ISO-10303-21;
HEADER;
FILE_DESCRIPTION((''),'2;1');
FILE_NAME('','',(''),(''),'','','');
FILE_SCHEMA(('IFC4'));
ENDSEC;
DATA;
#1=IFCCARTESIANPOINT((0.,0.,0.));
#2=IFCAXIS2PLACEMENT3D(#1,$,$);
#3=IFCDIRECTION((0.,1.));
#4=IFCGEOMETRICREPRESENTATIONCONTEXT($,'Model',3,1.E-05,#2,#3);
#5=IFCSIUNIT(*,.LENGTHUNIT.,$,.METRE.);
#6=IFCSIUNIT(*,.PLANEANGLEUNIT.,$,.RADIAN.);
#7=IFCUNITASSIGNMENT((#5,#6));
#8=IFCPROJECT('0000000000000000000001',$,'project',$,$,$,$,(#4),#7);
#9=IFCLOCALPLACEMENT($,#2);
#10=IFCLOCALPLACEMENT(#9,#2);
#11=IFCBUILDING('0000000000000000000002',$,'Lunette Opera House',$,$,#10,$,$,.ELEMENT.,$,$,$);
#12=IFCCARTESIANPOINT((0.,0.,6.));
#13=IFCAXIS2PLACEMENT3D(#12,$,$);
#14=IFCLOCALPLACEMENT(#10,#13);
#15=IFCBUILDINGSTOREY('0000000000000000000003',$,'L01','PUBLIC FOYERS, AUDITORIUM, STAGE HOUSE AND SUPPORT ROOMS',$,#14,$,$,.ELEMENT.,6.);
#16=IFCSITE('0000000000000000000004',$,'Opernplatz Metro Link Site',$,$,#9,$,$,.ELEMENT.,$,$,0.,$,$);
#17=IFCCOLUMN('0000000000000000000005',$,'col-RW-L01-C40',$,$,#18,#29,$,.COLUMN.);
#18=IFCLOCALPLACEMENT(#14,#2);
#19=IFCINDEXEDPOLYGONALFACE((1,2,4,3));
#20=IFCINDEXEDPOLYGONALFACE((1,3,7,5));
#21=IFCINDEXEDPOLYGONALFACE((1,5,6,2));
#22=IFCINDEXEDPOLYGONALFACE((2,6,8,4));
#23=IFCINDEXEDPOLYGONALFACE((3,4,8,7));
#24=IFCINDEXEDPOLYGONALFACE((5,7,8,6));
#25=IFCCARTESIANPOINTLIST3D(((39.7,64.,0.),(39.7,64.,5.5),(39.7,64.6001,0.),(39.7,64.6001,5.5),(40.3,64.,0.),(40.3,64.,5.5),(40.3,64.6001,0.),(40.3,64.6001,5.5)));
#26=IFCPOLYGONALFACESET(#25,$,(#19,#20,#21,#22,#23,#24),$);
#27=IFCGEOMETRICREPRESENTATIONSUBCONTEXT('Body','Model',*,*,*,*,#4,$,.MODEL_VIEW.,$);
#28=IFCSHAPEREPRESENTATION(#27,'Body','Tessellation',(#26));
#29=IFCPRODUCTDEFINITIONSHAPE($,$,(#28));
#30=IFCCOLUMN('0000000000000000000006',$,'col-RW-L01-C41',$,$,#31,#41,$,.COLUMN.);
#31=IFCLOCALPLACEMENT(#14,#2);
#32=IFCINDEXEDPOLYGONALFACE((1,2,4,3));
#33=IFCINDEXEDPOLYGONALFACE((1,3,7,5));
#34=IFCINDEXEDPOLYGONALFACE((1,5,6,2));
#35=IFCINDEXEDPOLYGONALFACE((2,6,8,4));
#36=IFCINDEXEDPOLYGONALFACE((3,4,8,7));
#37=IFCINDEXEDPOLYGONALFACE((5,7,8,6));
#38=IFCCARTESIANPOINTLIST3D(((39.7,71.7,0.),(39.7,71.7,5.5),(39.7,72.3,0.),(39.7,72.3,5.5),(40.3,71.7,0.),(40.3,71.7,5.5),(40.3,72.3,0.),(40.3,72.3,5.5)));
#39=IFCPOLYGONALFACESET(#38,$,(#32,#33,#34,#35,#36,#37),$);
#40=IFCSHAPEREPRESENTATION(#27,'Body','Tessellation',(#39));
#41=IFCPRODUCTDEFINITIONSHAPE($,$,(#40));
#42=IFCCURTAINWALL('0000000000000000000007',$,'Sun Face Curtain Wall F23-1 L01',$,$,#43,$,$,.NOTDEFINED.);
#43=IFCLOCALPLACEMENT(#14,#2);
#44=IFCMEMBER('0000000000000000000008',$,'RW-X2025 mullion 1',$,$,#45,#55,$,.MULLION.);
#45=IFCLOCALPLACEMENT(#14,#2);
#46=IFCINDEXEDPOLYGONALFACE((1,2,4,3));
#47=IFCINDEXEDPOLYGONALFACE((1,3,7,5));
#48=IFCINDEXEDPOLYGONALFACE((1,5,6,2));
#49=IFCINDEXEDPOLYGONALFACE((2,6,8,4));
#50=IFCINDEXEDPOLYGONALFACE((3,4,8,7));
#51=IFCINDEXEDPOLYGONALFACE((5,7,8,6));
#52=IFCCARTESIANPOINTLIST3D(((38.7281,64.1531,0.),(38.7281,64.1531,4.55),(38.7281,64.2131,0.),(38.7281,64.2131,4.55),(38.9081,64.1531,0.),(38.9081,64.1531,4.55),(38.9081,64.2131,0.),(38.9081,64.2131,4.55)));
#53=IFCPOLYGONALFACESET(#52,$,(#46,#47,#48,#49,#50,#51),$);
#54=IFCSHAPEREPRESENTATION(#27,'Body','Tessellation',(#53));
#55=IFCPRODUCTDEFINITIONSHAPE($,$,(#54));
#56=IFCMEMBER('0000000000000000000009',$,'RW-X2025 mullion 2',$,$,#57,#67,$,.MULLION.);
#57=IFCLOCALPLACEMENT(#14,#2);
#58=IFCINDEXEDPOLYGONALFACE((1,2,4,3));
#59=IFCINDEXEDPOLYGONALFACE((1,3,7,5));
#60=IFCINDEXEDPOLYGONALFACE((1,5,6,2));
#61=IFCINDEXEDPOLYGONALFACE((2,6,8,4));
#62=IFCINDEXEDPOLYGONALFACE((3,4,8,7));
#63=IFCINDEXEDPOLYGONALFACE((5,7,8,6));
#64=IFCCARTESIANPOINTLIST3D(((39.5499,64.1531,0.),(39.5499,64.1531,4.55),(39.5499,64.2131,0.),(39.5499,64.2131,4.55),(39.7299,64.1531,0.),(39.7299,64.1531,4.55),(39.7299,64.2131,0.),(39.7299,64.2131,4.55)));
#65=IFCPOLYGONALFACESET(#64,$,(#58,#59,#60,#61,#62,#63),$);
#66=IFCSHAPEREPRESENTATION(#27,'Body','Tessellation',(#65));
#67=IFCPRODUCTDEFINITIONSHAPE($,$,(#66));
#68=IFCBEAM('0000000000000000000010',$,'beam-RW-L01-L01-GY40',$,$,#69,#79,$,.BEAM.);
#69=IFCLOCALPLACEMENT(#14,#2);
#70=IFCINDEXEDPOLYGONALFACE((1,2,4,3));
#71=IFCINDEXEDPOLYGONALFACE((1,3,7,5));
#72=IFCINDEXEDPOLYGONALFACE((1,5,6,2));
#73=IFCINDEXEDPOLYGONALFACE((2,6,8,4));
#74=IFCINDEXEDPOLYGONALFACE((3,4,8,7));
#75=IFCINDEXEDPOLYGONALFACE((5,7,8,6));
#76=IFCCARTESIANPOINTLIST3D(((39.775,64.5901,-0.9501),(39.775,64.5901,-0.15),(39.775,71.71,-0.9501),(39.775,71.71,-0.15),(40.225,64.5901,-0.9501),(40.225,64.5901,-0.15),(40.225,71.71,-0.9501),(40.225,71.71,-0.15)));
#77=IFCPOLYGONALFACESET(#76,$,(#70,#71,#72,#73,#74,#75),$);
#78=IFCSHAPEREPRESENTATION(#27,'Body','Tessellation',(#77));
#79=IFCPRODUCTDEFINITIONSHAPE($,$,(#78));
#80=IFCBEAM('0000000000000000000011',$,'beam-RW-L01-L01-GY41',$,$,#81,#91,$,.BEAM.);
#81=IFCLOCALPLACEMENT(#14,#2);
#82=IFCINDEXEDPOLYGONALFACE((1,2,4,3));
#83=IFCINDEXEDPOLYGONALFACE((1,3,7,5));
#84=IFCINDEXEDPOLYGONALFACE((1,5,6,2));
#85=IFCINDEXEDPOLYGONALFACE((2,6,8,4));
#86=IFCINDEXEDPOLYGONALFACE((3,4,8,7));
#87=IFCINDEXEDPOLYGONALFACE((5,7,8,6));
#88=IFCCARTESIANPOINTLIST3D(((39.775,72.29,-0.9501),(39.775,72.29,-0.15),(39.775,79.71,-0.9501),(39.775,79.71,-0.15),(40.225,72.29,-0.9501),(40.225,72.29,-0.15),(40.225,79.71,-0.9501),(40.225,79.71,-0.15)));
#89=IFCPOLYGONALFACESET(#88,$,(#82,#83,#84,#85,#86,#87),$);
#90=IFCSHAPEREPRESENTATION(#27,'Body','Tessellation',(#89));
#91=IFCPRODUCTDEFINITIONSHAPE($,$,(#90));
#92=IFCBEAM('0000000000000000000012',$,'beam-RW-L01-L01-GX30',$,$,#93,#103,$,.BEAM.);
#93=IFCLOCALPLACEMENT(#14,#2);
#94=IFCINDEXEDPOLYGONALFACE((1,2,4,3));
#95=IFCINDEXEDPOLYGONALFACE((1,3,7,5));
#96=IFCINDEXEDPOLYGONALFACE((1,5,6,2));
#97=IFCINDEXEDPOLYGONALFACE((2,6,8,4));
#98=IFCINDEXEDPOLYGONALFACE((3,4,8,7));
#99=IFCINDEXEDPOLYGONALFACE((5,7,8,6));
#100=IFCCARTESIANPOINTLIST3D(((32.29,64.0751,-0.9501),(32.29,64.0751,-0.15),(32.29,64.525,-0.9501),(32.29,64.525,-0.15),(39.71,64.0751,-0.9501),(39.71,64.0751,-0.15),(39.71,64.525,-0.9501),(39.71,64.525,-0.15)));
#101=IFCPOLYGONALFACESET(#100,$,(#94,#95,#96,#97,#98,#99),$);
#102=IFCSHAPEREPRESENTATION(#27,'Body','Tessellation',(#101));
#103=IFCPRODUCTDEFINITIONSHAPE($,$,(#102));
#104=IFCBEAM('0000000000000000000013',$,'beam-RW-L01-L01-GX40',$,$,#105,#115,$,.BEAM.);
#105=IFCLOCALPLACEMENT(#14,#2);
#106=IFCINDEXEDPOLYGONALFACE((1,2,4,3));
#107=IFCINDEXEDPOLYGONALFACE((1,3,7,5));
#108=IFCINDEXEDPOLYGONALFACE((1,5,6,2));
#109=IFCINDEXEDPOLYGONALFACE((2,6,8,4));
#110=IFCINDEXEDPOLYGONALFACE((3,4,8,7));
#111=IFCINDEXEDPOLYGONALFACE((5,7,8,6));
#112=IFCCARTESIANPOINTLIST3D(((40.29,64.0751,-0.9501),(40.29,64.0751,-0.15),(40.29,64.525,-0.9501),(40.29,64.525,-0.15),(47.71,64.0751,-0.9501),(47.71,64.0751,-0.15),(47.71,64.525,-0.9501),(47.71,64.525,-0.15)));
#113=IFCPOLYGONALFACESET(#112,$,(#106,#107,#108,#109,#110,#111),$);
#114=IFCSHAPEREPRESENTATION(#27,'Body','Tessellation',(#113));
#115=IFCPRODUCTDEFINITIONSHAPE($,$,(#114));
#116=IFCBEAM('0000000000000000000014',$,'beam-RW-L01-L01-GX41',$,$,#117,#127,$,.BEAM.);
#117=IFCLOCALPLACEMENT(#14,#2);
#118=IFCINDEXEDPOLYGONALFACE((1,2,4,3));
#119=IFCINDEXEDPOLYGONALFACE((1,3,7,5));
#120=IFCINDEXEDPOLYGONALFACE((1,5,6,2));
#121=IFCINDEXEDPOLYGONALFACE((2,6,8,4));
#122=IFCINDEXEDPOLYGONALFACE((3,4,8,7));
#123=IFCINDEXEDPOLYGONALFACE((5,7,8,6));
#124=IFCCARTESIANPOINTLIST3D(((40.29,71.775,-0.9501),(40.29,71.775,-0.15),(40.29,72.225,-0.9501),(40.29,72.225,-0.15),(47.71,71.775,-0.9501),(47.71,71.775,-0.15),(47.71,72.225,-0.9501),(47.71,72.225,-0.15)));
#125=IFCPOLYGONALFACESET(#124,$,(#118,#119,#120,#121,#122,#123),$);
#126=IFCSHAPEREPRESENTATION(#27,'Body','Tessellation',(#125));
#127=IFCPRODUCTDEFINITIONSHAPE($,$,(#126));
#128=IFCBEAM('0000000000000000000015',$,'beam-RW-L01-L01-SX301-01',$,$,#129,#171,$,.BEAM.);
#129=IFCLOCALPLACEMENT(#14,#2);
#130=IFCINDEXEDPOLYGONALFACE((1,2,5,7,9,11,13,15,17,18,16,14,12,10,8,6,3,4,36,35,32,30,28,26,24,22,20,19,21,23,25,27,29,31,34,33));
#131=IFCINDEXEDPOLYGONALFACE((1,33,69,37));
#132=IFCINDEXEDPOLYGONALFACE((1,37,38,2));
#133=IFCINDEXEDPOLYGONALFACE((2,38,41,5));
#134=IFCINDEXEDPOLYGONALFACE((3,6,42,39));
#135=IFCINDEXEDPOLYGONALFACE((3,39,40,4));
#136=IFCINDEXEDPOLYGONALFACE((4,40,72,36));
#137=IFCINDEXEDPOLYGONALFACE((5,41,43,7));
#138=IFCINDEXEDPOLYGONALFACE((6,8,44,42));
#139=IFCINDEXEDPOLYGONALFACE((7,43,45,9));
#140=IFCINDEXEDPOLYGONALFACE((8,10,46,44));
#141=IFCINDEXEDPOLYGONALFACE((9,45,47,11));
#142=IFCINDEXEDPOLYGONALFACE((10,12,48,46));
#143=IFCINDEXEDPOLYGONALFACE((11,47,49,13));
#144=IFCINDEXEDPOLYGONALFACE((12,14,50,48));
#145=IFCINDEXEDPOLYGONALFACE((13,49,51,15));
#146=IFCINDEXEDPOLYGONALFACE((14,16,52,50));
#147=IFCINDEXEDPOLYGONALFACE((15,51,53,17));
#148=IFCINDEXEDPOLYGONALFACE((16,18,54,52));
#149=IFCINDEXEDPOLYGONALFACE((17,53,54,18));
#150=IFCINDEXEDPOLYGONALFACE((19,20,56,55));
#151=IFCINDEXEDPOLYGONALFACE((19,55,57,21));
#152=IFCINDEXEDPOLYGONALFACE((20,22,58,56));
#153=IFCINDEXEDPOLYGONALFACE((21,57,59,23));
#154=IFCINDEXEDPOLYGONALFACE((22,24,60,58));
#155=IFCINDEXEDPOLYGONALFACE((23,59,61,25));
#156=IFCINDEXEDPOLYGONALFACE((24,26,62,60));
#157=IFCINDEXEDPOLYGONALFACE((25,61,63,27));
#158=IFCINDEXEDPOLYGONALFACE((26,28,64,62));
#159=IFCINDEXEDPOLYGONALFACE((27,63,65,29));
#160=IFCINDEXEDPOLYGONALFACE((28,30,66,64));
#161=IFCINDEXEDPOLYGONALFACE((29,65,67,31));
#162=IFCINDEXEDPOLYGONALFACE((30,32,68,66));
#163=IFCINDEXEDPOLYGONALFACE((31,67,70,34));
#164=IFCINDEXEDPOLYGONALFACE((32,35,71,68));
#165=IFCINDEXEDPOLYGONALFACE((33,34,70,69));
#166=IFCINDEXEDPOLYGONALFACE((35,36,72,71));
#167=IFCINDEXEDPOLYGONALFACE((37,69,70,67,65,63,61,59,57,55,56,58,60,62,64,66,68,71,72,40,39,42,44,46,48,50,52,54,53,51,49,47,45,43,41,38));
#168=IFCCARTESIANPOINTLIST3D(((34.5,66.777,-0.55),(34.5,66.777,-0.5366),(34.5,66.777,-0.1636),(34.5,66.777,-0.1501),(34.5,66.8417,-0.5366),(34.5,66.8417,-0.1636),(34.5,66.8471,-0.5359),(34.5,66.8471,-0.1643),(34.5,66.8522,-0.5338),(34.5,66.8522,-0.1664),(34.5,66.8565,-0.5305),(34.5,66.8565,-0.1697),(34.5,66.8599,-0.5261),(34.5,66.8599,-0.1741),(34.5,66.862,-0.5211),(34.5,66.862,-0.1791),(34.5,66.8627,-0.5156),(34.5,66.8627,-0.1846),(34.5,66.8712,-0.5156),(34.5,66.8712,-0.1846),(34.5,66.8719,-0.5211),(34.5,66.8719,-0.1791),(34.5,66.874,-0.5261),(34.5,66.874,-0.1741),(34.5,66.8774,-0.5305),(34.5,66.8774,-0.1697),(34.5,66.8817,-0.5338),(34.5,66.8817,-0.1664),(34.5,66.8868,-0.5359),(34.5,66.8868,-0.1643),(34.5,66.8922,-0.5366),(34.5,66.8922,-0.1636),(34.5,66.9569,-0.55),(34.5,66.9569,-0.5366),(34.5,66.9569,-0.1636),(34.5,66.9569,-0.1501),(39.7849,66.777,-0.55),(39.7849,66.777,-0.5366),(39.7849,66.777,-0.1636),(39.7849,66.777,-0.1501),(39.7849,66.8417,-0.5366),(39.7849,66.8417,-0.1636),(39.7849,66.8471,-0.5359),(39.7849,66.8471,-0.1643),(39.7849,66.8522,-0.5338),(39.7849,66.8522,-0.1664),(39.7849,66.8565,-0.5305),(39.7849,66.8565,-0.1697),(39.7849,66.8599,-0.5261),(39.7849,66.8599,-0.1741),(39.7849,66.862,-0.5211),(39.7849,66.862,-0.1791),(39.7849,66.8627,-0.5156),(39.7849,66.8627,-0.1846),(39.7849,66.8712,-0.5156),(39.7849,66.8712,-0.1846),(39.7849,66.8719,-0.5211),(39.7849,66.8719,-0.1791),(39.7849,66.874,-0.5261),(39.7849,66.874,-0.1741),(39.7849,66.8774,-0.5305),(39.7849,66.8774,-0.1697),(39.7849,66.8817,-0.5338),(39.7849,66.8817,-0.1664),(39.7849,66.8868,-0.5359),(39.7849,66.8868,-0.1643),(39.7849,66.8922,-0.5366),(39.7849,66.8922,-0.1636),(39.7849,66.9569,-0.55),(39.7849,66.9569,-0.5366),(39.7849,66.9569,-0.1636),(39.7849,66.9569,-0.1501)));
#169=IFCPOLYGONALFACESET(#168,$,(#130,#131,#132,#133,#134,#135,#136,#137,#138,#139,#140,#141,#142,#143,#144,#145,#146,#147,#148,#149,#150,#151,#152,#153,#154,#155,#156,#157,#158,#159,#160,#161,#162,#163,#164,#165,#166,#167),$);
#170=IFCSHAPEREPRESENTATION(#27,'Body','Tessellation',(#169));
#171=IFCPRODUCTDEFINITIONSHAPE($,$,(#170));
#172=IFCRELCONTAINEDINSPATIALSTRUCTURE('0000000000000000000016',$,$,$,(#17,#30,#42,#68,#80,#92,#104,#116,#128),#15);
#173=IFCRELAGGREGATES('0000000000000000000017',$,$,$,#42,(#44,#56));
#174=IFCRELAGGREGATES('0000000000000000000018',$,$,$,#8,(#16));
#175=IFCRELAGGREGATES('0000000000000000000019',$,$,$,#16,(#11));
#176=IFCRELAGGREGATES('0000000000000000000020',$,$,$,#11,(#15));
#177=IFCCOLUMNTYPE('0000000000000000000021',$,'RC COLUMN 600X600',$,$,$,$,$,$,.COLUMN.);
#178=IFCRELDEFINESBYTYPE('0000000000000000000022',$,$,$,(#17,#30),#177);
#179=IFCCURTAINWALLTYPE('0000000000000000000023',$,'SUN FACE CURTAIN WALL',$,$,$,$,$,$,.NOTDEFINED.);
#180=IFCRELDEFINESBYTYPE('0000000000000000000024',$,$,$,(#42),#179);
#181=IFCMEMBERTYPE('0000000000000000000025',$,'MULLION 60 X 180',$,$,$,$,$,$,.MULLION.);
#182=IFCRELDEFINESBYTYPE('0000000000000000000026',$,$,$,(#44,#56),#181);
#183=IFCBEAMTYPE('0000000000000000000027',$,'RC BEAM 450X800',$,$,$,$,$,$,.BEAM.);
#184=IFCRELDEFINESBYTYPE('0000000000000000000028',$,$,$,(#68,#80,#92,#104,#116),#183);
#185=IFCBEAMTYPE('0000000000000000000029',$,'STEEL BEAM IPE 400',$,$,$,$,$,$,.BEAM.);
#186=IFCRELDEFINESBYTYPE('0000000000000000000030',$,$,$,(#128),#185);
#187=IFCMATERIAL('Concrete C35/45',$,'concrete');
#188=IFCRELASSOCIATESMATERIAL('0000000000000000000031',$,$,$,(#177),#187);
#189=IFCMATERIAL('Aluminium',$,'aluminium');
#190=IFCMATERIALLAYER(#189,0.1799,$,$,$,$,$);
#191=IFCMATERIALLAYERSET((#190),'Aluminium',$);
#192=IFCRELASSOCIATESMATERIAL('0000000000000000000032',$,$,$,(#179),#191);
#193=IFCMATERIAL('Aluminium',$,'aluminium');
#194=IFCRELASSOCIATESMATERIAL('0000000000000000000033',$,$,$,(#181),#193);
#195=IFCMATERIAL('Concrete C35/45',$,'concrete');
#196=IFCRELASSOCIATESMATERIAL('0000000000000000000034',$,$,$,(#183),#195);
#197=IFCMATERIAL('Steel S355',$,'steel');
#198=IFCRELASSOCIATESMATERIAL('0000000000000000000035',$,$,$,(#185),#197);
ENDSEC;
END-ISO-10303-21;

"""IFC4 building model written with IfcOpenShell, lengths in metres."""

from ifc_helpers import new_model, si_unit, direction, frame, origin, origin_2d, place, context, subcontext, project, spatial, rectangle, i_section, extrude, material, layer, layer_set, material_profile, profile_set, type_object, element, aggregate, save


model = new_model("IFC4")

# Units and contexts
model_context = context("Model", 3, precision=1e-05, world=origin(), true_north=direction((0.0, 1.0)))
body_context = subcontext(model_context, "Body", "Model", "MODEL_VIEW")
ifc_project = project(units=[si_unit("LENGTHUNIT", "METRE"), si_unit("PLANEANGLEUNIT", "RADIAN")], contexts=[model_context])

# Site, building, storey
site_placement = place(None, origin())
site = spatial("IfcSite", under=ifc_project, at=site_placement, Name="Opernplatz Metro Link Site", CompositionType="ELEMENT", RefElevation=0.0)
building_placement = place(site_placement, origin())
building = spatial("IfcBuilding", under=site, at=building_placement, Name="Lunette Opera House", CompositionType="ELEMENT")
storey_placement = place(building_placement, frame((0.0, 0.0, 6.0)))
storey = spatial("IfcBuildingStorey", under=building, at=storey_placement, Name="L01", Description="PUBLIC FOYERS, AUDITORIUM, STAGE HOUSE AND SUPPORT ROOMS", CompositionType="ELEMENT", Elevation=6.0)

# Columns
ifc_material_1 = material(Name="Concrete C35/45", Category="concrete")
ifc_material_profile_1 = material_profile(ifc_material_1, rectangle(XDim=0.6001, YDim=0.6001, at=origin_2d()), Name="RC COLUMN 600X600")
ifc_profile_set_1 = profile_set([ifc_material_profile_1], Name="Concrete C35/45")
column_type = type_object("IfcColumnType", Name="RC COLUMN 600X600", PredefinedType="COLUMN", material=ifc_profile_set_1)
for number, where, z_axis, x_axis, name in (
    (1, (40.0, 64.3, 0.0), (0.0, 0.0, 1.0), (1.0, 0.0, 0.0), "col-RW-L01-C40"),
    (2, (40.0, 72.0, 0.0), (0.0, 0.0, 1.0), (1.0, 0.0, 0.0), "col-RW-L01-C41"),
):
    element("IfcColumn", number, at=place(storey_placement, frame(where, z_axis=z_axis, x_axis=x_axis)), inside=storey, type_object=column_type, Name=name, PredefinedType="COLUMN", context=body_context, shape_type="SweptSolid", body=[
        extrude(rectangle(XDim=0.6001, YDim=0.6001, at=origin_2d()), origin(), (0.0, 0.0, 1.0), 5.5),
    ])

# Curtain wall, members
ifc_material_2 = material(Name="Aluminium", Category="aluminium")
ifc_layer_1 = layer(ifc_material_2, 0.1799)
ifc_layer_set_1 = layer_set([ifc_layer_1], Name="Aluminium")
curtain_wall_type = type_object("IfcCurtainWallType", Name="SUN FACE CURTAIN WALL", PredefinedType="NOTDEFINED", material=ifc_layer_set_1)
curtain_wall_placement = place(storey_placement, origin())
curtain_wall = element("IfcCurtainWall", 3, at=curtain_wall_placement, inside=storey, type_object=curtain_wall_type, Name="Sun Face Curtain Wall F23-1 L01", PredefinedType="NOTDEFINED")
ifc_material_3 = material(Name="Aluminium", Category="aluminium")
ifc_material_profile_2 = material_profile(ifc_material_3, rectangle(XDim=0.0601, YDim=0.1799, at=origin_2d()), Name="MULLION 60 X 180")
ifc_profile_set_2 = profile_set([ifc_material_profile_2], Name="Aluminium")
member_type_1 = type_object("IfcMemberType", Name="MULLION 60 X 180", PredefinedType="MULLION", material=ifc_profile_set_2)
member_1_placement = place(storey_placement, frame((38.8181, 64.1831, 0.0), z_axis=(0.0, 0.0, 1.0), x_axis=(0.0, 1.0, 0.0)))
member_1 = element("IfcMember", 4, at=member_1_placement, type_object=member_type_1, Name="RW-X2025 mullion 1", PredefinedType="MULLION", context=body_context, shape_type="SweptSolid", body=[
    extrude(rectangle(XDim=0.0601, YDim=0.1799, at=origin_2d()), origin(), (0.0, 0.0, 1.0), 4.55),
])
member_2_placement = place(storey_placement, frame((39.6399, 64.1831, 0.0), z_axis=(0.0, 0.0, 1.0), x_axis=(0.0, 1.0, 0.0)))
member_2 = element("IfcMember", 5, at=member_2_placement, type_object=member_type_1, Name="RW-X2025 mullion 2", PredefinedType="MULLION", context=body_context, shape_type="SweptSolid", body=[
    extrude(rectangle(XDim=0.0601, YDim=0.1799, at=origin_2d()), origin(), (0.0, 0.0, 1.0), 4.55),
])

# Beams
ifc_material_4 = material(Name="Concrete C35/45", Category="concrete")
ifc_material_profile_3 = material_profile(ifc_material_4, rectangle(XDim=0.45, YDim=0.8, at=origin_2d()), Name="RC BEAM 450X800")
ifc_profile_set_3 = profile_set([ifc_material_profile_3], Name="Concrete C35/45")
beam_type_1 = type_object("IfcBeamType", Name="RC BEAM 450X800", PredefinedType="BEAM", material=ifc_profile_set_3)
beam_placement = place(storey_placement, frame((40.0, 64.5901, -0.55), z_axis=(0.0, 1.0, 0.0), x_axis=(-1.0, 0.0, 0.0)))
element("IfcBeam", 6, at=beam_placement, inside=storey, type_object=beam_type_1, Name="beam-RW-L01-L01-GY40", PredefinedType="BEAM", context=body_context, shape_type="SweptSolid", body=[
    extrude(rectangle(XDim=0.45, YDim=0.8, at=origin_2d()), origin(), (0.0, 0.0, 1.0), 7.1199),
])
for number, where, z_axis, x_axis, name in (
    (7, (40.0, 72.29, -0.55), (0.0, 1.0, 0.0), (-1.0, 0.0, 0.0), "beam-RW-L01-L01-GY41"),
    (8, (32.29, 64.3, -0.55), (1.0, 0.0, 0.0), (0.0, 1.0, 0.0), "beam-RW-L01-L01-GX30"),
    (9, (40.29, 64.3, -0.55), (1.0, 0.0, 0.0), (0.0, 1.0, 0.0), "beam-RW-L01-L01-GX40"),
    (10, (40.29, 72.0, -0.55), (1.0, 0.0, 0.0), (0.0, 1.0, 0.0), "beam-RW-L01-L01-GX41"),
):
    element("IfcBeam", number, at=place(storey_placement, frame(where, z_axis=z_axis, x_axis=x_axis)), inside=storey, type_object=beam_type_1, Name=name, PredefinedType="BEAM", context=body_context, shape_type="SweptSolid", body=[
        extrude(rectangle(XDim=0.45, YDim=0.8, at=origin_2d()), origin(), (0.0, 0.0, 1.0), 7.4199),
    ])
ifc_material_5 = material(Name="Steel S355", Category="steel")
ifc_material_profile_4 = material_profile(ifc_material_5, i_section(OverallWidth=0.1799, OverallDepth=0.3999, WebThickness=0.0085, FlangeThickness=0.0134, FilletRadius=0.021, at=origin_2d()), Name="IPE 400")
ifc_profile_set_4 = profile_set([ifc_material_profile_4], Name="Steel S355")
beam_type_2 = type_object("IfcBeamType", Name="STEEL BEAM IPE 400", PredefinedType="BEAM", material=ifc_profile_set_4)
for number, where, z_axis, x_axis, name in (
    (11, (34.5, 66.8669, -0.3501), (1.0, 0.0, 0.0), (0.0, 1.0, 0.0), "beam-RW-L01-L01-SX301-01"),
):
    element("IfcBeam", number, at=place(storey_placement, frame(where, z_axis=z_axis, x_axis=x_axis)), inside=storey, type_object=beam_type_2, Name=name, PredefinedType="BEAM", context=body_context, shape_type="SweptSolid", body=[
        extrude(i_section(OverallWidth=0.1799, OverallDepth=0.3999, WebThickness=0.0085, FlangeThickness=0.0134, FilletRadius=0.021, at=origin_2d()), origin(), (0.0, 0.0, 1.0), 5.2849),
    ])

aggregate(curtain_wall, [member_1, member_2])

save(model, "model.ifc")
